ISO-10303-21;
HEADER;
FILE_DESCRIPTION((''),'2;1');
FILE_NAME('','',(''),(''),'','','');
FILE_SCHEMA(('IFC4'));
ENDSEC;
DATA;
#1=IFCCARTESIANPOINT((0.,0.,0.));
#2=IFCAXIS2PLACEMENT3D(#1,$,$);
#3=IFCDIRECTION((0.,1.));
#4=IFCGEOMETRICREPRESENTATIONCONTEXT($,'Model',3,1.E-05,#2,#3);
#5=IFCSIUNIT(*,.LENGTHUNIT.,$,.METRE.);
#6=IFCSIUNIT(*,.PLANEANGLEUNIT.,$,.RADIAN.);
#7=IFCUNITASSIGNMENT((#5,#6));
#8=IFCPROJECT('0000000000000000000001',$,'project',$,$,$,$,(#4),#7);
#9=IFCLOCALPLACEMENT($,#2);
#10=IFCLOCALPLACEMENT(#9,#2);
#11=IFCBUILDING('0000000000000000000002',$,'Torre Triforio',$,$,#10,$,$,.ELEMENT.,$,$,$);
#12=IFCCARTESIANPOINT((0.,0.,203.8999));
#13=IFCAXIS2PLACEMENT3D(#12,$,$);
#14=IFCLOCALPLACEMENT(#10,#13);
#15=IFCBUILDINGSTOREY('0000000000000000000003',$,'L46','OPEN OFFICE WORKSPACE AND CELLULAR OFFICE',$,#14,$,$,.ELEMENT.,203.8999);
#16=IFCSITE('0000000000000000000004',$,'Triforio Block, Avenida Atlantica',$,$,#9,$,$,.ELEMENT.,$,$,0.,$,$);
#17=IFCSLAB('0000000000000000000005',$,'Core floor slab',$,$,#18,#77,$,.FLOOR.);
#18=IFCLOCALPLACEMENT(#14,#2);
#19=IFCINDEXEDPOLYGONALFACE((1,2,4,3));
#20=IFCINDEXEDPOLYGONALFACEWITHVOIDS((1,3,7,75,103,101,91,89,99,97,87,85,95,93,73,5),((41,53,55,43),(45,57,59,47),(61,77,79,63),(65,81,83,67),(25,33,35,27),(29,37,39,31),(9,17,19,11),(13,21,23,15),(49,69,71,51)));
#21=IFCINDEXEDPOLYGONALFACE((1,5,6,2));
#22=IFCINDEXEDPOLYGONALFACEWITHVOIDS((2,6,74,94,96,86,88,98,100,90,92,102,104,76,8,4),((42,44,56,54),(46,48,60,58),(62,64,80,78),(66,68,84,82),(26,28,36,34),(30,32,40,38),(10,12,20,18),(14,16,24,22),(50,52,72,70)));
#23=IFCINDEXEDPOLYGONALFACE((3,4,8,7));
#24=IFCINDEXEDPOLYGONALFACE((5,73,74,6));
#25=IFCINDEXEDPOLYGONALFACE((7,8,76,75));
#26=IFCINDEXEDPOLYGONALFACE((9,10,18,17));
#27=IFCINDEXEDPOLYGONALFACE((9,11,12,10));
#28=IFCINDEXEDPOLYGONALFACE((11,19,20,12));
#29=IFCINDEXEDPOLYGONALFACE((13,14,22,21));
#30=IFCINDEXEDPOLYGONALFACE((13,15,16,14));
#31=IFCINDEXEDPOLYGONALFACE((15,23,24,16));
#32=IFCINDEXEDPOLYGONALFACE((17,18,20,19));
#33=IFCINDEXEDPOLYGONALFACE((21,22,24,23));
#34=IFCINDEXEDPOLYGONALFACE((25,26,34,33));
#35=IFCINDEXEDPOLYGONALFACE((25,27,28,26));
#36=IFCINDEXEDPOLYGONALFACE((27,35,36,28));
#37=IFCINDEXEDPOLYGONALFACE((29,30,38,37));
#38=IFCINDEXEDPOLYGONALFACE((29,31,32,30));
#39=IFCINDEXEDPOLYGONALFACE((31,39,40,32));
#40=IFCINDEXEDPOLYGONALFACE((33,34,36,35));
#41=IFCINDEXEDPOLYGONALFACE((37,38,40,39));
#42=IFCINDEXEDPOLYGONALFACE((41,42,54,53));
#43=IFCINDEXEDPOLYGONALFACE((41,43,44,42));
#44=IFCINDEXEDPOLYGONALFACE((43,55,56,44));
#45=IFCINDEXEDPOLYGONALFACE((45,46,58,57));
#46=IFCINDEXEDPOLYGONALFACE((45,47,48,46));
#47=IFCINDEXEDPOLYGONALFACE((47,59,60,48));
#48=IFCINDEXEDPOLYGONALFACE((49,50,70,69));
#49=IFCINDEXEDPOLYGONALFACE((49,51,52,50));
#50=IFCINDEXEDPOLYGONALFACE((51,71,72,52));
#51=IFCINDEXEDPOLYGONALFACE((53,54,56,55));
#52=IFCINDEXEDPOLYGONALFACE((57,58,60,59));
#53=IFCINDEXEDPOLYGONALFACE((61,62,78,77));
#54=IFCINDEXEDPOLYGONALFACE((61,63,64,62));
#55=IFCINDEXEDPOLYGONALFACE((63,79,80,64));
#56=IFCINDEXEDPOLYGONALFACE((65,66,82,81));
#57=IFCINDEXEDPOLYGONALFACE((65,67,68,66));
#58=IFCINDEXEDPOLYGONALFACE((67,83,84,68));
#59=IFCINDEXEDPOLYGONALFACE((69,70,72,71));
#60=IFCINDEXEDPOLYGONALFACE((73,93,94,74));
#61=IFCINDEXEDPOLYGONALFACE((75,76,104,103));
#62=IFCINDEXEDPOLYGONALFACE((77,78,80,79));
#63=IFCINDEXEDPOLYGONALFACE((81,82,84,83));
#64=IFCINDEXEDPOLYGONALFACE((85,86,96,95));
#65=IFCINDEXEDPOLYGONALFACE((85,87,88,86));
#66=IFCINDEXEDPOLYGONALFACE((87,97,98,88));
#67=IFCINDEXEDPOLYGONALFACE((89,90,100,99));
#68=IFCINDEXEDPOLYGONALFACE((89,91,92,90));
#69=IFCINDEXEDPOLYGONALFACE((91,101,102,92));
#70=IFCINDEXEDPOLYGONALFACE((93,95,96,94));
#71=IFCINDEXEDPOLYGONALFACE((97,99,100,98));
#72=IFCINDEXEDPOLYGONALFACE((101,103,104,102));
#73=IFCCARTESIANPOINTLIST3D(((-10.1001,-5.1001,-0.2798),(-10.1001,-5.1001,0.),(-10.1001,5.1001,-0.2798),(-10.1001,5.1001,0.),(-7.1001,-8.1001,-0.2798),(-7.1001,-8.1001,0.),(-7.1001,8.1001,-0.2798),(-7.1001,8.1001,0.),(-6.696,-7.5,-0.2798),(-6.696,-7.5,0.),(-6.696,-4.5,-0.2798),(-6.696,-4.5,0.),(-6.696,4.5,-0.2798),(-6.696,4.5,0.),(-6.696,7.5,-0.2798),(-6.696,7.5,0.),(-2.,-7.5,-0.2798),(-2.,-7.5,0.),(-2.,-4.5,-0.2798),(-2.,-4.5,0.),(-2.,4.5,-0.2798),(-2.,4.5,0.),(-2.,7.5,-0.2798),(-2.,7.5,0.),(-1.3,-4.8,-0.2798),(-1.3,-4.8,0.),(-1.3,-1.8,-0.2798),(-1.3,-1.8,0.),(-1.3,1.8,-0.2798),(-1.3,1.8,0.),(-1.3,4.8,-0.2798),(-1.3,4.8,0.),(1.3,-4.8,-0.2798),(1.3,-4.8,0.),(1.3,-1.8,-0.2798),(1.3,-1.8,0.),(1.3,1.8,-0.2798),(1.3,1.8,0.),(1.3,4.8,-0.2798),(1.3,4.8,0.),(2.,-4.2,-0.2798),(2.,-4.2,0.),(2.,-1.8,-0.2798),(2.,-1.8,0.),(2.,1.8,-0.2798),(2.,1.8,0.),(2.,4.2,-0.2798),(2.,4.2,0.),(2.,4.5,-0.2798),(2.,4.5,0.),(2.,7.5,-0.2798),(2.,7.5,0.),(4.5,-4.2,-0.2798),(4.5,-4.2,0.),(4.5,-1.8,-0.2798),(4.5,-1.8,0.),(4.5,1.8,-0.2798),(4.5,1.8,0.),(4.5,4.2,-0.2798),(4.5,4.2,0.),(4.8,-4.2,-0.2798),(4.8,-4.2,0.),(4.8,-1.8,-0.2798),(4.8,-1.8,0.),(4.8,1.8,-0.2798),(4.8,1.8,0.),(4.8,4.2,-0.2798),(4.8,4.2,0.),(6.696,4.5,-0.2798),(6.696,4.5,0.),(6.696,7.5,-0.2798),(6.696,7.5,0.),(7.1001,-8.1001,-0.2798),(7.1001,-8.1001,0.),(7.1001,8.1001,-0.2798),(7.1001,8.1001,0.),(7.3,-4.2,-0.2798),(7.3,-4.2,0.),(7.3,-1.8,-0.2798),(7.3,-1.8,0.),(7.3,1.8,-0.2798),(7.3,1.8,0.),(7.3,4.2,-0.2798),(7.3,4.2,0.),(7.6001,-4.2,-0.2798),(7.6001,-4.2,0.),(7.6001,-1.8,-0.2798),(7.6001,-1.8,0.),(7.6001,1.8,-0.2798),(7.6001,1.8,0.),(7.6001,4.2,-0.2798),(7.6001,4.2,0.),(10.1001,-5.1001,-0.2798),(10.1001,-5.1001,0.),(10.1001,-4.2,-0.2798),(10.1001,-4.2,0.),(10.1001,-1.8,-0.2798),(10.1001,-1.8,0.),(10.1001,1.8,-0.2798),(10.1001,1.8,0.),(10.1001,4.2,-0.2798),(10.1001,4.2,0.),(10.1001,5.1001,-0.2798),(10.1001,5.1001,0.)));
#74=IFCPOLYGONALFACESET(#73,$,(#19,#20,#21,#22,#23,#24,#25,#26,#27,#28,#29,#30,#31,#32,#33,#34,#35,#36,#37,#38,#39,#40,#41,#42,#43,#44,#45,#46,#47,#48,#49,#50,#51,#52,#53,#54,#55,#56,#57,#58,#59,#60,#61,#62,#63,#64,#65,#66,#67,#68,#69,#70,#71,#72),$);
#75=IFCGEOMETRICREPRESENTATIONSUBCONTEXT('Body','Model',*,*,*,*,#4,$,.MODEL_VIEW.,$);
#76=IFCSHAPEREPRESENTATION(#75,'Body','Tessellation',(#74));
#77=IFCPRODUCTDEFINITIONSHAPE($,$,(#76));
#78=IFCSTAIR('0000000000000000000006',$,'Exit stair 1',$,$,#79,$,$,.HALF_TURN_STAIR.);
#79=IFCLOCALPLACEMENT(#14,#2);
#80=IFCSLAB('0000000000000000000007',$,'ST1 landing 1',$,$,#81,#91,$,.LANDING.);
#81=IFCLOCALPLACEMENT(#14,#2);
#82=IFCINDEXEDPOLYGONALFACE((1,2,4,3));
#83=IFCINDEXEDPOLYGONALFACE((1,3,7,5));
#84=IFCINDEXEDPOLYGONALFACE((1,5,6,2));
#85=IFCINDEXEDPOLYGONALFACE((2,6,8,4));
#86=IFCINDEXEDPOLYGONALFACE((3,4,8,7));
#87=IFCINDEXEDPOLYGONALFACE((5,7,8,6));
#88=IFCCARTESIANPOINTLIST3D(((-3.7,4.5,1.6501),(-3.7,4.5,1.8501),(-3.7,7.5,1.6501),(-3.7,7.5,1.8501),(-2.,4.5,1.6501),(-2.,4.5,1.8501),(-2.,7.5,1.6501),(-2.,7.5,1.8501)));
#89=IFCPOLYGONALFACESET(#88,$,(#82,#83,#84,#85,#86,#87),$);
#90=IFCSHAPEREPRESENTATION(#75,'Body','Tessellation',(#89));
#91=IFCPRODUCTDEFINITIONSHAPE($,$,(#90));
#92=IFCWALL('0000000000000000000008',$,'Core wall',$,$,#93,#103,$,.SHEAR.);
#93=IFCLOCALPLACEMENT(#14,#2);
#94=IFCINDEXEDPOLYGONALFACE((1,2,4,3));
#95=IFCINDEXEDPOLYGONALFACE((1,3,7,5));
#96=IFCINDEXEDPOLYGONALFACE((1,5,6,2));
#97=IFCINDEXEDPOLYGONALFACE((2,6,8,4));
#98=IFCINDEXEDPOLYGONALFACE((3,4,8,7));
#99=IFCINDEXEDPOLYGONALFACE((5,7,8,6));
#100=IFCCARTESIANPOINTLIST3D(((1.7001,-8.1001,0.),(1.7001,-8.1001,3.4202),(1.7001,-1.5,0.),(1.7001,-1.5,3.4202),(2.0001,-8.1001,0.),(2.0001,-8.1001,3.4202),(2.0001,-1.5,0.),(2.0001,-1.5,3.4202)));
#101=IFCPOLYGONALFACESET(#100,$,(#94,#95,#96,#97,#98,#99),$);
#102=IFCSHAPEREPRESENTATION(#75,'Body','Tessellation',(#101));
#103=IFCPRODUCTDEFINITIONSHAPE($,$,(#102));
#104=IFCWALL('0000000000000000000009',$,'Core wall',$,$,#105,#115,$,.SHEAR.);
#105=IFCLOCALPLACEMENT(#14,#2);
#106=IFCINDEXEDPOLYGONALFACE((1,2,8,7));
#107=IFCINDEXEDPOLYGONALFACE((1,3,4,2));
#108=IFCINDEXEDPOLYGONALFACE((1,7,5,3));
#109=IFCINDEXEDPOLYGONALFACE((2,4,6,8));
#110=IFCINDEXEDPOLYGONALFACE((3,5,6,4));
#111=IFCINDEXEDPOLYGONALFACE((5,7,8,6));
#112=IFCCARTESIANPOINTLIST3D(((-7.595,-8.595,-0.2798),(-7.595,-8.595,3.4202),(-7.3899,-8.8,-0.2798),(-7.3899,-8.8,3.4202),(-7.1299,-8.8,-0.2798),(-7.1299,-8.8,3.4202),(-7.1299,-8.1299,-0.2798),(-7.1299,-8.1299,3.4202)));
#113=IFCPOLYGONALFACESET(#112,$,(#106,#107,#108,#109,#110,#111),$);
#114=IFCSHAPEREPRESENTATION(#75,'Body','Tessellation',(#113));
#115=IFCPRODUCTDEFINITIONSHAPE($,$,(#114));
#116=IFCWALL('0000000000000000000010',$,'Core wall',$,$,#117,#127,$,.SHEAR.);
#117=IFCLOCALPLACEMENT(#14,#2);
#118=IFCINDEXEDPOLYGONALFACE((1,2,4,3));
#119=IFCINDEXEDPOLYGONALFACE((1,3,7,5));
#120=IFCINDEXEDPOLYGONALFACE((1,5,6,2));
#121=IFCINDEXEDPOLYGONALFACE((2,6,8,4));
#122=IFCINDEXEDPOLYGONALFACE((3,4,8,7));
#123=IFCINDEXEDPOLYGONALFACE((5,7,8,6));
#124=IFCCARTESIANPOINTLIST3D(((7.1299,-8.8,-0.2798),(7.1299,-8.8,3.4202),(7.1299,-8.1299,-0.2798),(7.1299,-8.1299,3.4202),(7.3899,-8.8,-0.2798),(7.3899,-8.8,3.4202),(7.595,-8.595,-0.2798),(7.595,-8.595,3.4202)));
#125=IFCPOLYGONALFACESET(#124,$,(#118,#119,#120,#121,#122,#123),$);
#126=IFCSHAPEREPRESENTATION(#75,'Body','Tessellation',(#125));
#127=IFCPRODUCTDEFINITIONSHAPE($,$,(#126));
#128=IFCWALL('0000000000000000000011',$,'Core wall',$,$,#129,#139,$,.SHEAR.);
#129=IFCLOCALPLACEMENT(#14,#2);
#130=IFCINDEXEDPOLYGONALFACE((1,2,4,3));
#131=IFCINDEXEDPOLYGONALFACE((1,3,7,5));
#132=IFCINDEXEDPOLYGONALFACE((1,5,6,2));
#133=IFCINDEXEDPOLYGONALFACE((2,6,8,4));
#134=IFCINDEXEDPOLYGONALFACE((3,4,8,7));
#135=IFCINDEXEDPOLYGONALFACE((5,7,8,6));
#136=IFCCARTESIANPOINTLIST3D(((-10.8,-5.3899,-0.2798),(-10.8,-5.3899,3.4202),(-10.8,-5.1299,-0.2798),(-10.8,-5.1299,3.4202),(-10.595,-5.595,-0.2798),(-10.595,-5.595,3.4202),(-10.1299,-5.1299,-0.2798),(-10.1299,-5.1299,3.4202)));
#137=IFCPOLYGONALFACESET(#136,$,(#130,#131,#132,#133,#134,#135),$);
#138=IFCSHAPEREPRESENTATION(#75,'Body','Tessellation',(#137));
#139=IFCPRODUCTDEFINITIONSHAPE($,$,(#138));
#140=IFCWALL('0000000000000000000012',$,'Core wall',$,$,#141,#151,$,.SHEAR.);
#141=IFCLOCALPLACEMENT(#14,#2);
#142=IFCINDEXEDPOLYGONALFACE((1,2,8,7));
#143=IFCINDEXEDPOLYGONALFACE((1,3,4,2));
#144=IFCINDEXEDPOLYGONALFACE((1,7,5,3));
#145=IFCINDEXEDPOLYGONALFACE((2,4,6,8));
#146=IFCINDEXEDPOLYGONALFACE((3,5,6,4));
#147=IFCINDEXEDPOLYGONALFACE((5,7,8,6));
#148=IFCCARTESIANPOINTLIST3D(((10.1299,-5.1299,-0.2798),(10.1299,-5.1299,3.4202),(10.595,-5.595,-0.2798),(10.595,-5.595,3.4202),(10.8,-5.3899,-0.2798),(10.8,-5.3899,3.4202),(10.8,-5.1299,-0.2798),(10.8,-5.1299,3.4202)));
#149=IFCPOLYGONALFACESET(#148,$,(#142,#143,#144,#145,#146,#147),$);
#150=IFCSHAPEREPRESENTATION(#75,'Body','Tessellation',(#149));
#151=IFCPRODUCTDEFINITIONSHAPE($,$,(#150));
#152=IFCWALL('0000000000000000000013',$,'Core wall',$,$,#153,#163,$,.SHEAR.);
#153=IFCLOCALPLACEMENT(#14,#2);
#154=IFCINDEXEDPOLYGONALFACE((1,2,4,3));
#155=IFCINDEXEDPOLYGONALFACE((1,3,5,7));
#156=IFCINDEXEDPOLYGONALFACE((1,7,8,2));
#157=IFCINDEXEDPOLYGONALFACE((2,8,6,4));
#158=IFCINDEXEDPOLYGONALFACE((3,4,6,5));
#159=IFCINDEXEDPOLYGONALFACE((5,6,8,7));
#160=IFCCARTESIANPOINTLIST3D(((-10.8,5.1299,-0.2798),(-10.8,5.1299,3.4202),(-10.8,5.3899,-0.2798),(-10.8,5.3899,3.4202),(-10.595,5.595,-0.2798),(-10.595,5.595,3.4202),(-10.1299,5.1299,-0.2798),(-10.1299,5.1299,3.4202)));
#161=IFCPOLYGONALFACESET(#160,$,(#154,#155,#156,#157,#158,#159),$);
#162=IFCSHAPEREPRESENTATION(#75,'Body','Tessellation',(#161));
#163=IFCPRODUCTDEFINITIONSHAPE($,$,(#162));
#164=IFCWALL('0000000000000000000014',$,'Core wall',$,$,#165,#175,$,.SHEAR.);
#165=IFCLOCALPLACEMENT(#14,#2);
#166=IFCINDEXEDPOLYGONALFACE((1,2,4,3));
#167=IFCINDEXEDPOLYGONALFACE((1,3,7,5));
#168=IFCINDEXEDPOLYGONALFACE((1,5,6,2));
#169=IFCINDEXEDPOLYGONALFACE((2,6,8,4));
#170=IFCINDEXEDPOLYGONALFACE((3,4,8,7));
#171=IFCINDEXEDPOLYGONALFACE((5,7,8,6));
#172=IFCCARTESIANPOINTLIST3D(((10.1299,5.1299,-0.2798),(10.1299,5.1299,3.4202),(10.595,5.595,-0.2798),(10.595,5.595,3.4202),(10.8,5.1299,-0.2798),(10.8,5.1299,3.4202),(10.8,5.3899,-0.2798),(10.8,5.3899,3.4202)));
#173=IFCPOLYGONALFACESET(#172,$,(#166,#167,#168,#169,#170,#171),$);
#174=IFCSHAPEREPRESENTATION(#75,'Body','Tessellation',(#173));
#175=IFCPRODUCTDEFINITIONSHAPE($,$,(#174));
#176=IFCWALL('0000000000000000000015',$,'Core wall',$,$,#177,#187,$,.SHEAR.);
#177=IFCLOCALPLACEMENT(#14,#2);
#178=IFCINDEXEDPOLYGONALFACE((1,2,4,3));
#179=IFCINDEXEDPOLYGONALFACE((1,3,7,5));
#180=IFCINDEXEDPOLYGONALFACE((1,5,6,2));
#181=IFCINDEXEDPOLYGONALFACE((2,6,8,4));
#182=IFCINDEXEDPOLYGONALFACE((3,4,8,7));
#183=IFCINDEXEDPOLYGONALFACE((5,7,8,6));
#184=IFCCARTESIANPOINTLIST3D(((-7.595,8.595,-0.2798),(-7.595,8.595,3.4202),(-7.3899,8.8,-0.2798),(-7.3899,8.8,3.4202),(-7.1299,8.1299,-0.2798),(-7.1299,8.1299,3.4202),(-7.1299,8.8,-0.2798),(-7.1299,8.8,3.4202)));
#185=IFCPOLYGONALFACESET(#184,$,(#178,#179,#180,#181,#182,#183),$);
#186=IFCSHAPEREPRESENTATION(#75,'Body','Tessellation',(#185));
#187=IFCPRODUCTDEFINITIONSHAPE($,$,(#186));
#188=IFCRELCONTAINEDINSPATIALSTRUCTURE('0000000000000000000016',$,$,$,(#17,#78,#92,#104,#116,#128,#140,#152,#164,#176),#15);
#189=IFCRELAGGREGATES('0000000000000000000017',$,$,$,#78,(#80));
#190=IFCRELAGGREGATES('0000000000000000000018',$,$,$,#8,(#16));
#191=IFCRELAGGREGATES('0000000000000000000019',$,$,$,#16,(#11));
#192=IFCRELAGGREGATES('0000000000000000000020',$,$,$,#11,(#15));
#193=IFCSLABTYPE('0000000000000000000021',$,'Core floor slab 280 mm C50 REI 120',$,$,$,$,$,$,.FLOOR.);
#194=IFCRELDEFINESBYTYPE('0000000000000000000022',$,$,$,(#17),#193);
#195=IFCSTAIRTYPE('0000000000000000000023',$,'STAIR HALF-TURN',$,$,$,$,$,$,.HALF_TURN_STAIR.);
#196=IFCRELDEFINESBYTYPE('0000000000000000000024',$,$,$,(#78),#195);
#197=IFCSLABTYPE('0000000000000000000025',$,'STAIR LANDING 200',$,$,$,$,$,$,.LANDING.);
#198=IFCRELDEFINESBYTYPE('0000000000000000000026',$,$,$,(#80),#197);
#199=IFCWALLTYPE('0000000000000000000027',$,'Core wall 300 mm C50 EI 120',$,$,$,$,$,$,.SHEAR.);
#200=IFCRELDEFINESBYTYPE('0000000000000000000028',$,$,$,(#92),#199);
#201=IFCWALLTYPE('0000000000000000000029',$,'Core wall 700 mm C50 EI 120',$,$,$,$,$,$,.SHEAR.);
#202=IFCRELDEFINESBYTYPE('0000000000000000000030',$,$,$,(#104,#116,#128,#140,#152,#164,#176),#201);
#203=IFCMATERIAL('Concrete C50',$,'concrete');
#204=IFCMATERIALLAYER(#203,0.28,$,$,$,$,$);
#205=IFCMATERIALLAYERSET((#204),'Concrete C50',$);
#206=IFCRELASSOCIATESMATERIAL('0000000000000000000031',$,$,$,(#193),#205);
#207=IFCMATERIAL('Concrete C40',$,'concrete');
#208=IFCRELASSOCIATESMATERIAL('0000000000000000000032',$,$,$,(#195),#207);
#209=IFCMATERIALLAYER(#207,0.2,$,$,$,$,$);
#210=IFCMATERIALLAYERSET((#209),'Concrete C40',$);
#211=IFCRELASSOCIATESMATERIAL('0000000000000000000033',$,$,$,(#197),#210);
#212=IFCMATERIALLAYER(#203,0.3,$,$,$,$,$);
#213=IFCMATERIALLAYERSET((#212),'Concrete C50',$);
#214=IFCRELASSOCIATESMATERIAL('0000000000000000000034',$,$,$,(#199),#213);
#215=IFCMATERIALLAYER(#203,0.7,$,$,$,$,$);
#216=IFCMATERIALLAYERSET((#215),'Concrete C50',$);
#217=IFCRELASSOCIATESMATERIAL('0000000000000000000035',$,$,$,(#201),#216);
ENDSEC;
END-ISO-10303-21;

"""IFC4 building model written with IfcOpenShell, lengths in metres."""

from ifc_helpers import new_model, si_unit, direction, frame, frame_2d, origin, place, context, subcontext, project, spatial, polyline, rectangle, outline, extrude, material, layer, layer_set, type_object, element, aggregate, save


model = new_model("IFC4")

# Units and contexts
model_context = context("Model", 3, precision=1e-05, world=origin(), true_north=direction((0.0, 1.0)))
body_context = subcontext(model_context, "Body", "Model", "MODEL_VIEW")
ifc_project = project(units=[si_unit("LENGTHUNIT", "METRE"), si_unit("PLANEANGLEUNIT", "RADIAN")], contexts=[model_context])

# Site, building, storey
site_placement = place(None, origin())
site = spatial("IfcSite", under=ifc_project, at=site_placement, Name="Triforio Block, Avenida Atlantica", CompositionType="ELEMENT", RefElevation=0.0)
building_placement = place(site_placement, origin())
building = spatial("IfcBuilding", under=site, at=building_placement, Name="Torre Triforio", CompositionType="ELEMENT")
storey_placement = place(building_placement, frame((0.0, 0.0, 203.8999)))
storey = spatial("IfcBuildingStorey", under=building, at=storey_placement, Name="L46", Description="OPEN OFFICE WORKSPACE AND CELLULAR OFFICE", CompositionType="ELEMENT", Elevation=203.8999)

# Slab
ifc_material_1 = material(Name="Concrete C50", Category="concrete")
ifc_layer_1 = layer(ifc_material_1, 0.28)
ifc_layer_set_1 = layer_set([ifc_layer_1], Name="Concrete C50")
slab_type_1 = type_object("IfcSlabType", Name="Core floor slab 280 mm C50 REI 120", PredefinedType="FLOOR", material=ifc_layer_set_1)
slab_1_placement = place(storey_placement, frame((0.0, 0.0, -0.2798)))
element("IfcSlab", 1, at=slab_1_placement, inside=storey, type_object=slab_type_1, Name="Core floor slab", PredefinedType="FLOOR", context=body_context, shape_type="SweptSolid", body=[
    extrude(outline(polyline([(10.1001, -5.1001), (7.1001, -8.1001), (-7.1001, -8.1001), (-10.1001, -5.1001), (-10.1001, 5.1001), (-7.1001, 8.1001), (7.1001, 8.1001), (10.1001, 5.1001), (10.1001, 4.2), (7.6001, 4.2), (7.6001, 1.8), (10.1001, 1.8), (10.1001, -1.8), (7.6001, -1.8), (7.6001, -4.2), (10.1001, -4.2), (10.1001, -5.1001)]), holes=[polyline([(-6.696, -4.5), (-6.696, -7.5), (-2.0, -7.5), (-2.0, -4.5), (-6.696, -4.5)]), polyline([(-1.3, -1.8), (-1.3, -4.8), (1.3, -4.8), (1.3, -1.8), (-1.3, -1.8)]), polyline([(2.0, -1.8), (2.0, -4.2), (4.5, -4.2), (4.5, -1.8), (2.0, -1.8)]), polyline([(4.5, 4.2), (2.0, 4.2), (2.0, 1.8), (4.5, 1.8), (4.5, 4.2)]), polyline([(1.3, 4.8), (-1.3, 4.8), (-1.3, 1.8), (1.3, 1.8), (1.3, 4.8)]), polyline([(-6.696, 7.5), (-6.696, 4.5), (-2.0, 4.5), (-2.0, 7.5), (-6.696, 7.5)]), polyline([(7.3, -1.8), (4.8, -1.8), (4.8, -4.2), (7.3, -4.2), (7.3, -1.8)]), polyline([(4.8, 4.2), (4.8, 1.8), (7.3, 1.8), (7.3, 4.2), (4.8, 4.2)]), polyline([(6.696, 7.5), (2.0, 7.5), (2.0, 4.5), (6.696, 4.5), (6.696, 7.5)])]), origin(), (0.0, 0.0, 1.0), 0.2798),
])

# Stair, slab
ifc_material_2 = material(Name="Concrete C40", Category="concrete")
stair_type = type_object("IfcStairType", Name="STAIR HALF-TURN", PredefinedType="HALF_TURN_STAIR", material=ifc_material_2)
stair_placement = place(storey_placement, origin())
stair = element("IfcStair", 2, at=stair_placement, inside=storey, type_object=stair_type, Name="Exit stair 1", PredefinedType="HALF_TURN_STAIR")
ifc_layer_2 = layer(ifc_material_2, 0.2)
ifc_layer_set_2 = layer_set([ifc_layer_2], Name="Concrete C40")
slab_type_2 = type_object("IfcSlabType", Name="STAIR LANDING 200", PredefinedType="LANDING", material=ifc_layer_set_2)
slab_2_placement = place(storey_placement, frame((0.0, 0.0, 1.6501)))
slab_2 = element("IfcSlab", 3, at=slab_2_placement, type_object=slab_type_2, Name="ST1 landing 1", PredefinedType="LANDING", context=body_context, shape_type="SweptSolid", body=[
    extrude(outline(polyline([(-2.0, 4.5), (-2.0, 7.5), (-3.7, 7.5), (-3.7, 4.5), (-2.0, 4.5)])), origin(), (0.0, 0.0, 1.0), 0.2),
])
aggregate(stair, [slab_2])

# Walls
ifc_layer_3 = layer(ifc_material_1, 0.3)
ifc_layer_set_3 = layer_set([ifc_layer_3], Name="Concrete C50")
wall_type_1 = type_object("IfcWallType", Name="Core wall 300 mm C50 EI 120", PredefinedType="SHEAR", material=ifc_layer_set_3)
wall_1_placement = place(storey_placement, frame((1.8501, -8.1001, 0.0), z_axis=(0.0, 0.0, 1.0), x_axis=(0.0, 1.0, 0.0)))
element("IfcWall", 4, at=wall_1_placement, inside=storey, type_object=wall_type_1, Name="Core wall", PredefinedType="SHEAR", context=body_context, shape_type="SweptSolid", body=[
    extrude(rectangle(XDim=6.6001, YDim=0.3, at=frame_2d((3.3, 0.0))), origin(), (0.0, 0.0, 1.0), 3.4202),
])
ifc_layer_4 = layer(ifc_material_1, 0.7)
ifc_layer_set_4 = layer_set([ifc_layer_4], Name="Concrete C50")
wall_type_2 = type_object("IfcWallType", Name="Core wall 700 mm C50 EI 120", PredefinedType="SHEAR", material=ifc_layer_set_4)
wall_2_placement = place(storey_placement, frame((0.0, 0.0, -0.2798)))
element("IfcWall", 5, at=wall_2_placement, inside=storey, type_object=wall_type_2, Name="Core wall", PredefinedType="SHEAR", context=body_context, shape_type="SweptSolid", body=[
    extrude(outline(polyline([(-7.3899, -8.8), (-7.595, -8.595), (-7.595, -8.595), (-7.595, -8.595), (-7.1299, -8.1299), (-7.1299, -8.8), (-7.1299, -8.8), (-7.3899, -8.8)])), origin(), (0.0, 0.0, 1.0), 3.7),
])
wall_3_placement = place(storey_placement, frame((0.0, 0.0, -0.2798)))
element("IfcWall", 6, at=wall_3_placement, inside=storey, type_object=wall_type_2, Name="Core wall", PredefinedType="SHEAR", context=body_context, shape_type="SweptSolid", body=[
    extrude(outline(polyline([(7.3899, -8.8), (7.1299, -8.8), (7.1299, -8.8), (7.1299, -8.1299), (7.595, -8.595), (7.595, -8.595), (7.595, -8.595), (7.3899, -8.8)])), origin(), (0.0, 0.0, 1.0), 3.7),
])
wall_4_placement = place(storey_placement, frame((0.0, 0.0, -0.2798)))
element("IfcWall", 7, at=wall_4_placement, inside=storey, type_object=wall_type_2, Name="Core wall", PredefinedType="SHEAR", context=body_context, shape_type="SweptSolid", body=[
    extrude(outline(polyline([(-10.8, -5.3899), (-10.8, -5.1299), (-10.8, -5.1299), (-10.1299, -5.1299), (-10.595, -5.595), (-10.595, -5.595), (-10.595, -5.595), (-10.8, -5.3899)])), origin(), (0.0, 0.0, 1.0), 3.7),
])
wall_5_placement = place(storey_placement, frame((0.0, 0.0, -0.2798)))
element("IfcWall", 8, at=wall_5_placement, inside=storey, type_object=wall_type_2, Name="Core wall", PredefinedType="SHEAR", context=body_context, shape_type="SweptSolid", body=[
    extrude(outline(polyline([(10.8, -5.3899), (10.595, -5.595), (10.595, -5.595), (10.595, -5.595), (10.1299, -5.1299), (10.8, -5.1299), (10.8, -5.1299), (10.8, -5.3899)])), origin(), (0.0, 0.0, 1.0), 3.7),
])
wall_6_placement = place(storey_placement, frame((0.0, 0.0, -0.2798)))
element("IfcWall", 9, at=wall_6_placement, inside=storey, type_object=wall_type_2, Name="Core wall", PredefinedType="SHEAR", context=body_context, shape_type="SweptSolid", body=[
    extrude(outline(polyline([(-10.595, 5.595), (-10.595, 5.595), (-10.595, 5.595), (-10.1299, 5.1299), (-10.8, 5.1299), (-10.8, 5.1299), (-10.8, 5.3899), (-10.595, 5.595)])), origin(), (0.0, 0.0, 1.0), 3.7),
])
wall_7_placement = place(storey_placement, frame((0.0, 0.0, -0.2798)))
element("IfcWall", 10, at=wall_7_placement, inside=storey, type_object=wall_type_2, Name="Core wall", PredefinedType="SHEAR", context=body_context, shape_type="SweptSolid", body=[
    extrude(outline(polyline([(10.8, 5.3899), (10.8, 5.1299), (10.8, 5.1299), (10.1299, 5.1299), (10.595, 5.595), (10.595, 5.595), (10.595, 5.595), (10.8, 5.3899)])), origin(), (0.0, 0.0, 1.0), 3.7),
])
wall_8_placement = place(storey_placement, frame((0.0, 0.0, -0.2798)))
element("IfcWall", 11, at=wall_8_placement, inside=storey, type_object=wall_type_2, Name="Core wall", PredefinedType="SHEAR", context=body_context, shape_type="SweptSolid", body=[
    extrude(outline(polyline([(-7.3899, 8.8), (-7.1299, 8.8), (-7.1299, 8.8), (-7.1299, 8.1299), (-7.595, 8.595), (-7.595, 8.595), (-7.595, 8.595), (-7.3899, 8.8)])), origin(), (0.0, 0.0, 1.0), 3.7),
])

save(model, "model.ifc")
